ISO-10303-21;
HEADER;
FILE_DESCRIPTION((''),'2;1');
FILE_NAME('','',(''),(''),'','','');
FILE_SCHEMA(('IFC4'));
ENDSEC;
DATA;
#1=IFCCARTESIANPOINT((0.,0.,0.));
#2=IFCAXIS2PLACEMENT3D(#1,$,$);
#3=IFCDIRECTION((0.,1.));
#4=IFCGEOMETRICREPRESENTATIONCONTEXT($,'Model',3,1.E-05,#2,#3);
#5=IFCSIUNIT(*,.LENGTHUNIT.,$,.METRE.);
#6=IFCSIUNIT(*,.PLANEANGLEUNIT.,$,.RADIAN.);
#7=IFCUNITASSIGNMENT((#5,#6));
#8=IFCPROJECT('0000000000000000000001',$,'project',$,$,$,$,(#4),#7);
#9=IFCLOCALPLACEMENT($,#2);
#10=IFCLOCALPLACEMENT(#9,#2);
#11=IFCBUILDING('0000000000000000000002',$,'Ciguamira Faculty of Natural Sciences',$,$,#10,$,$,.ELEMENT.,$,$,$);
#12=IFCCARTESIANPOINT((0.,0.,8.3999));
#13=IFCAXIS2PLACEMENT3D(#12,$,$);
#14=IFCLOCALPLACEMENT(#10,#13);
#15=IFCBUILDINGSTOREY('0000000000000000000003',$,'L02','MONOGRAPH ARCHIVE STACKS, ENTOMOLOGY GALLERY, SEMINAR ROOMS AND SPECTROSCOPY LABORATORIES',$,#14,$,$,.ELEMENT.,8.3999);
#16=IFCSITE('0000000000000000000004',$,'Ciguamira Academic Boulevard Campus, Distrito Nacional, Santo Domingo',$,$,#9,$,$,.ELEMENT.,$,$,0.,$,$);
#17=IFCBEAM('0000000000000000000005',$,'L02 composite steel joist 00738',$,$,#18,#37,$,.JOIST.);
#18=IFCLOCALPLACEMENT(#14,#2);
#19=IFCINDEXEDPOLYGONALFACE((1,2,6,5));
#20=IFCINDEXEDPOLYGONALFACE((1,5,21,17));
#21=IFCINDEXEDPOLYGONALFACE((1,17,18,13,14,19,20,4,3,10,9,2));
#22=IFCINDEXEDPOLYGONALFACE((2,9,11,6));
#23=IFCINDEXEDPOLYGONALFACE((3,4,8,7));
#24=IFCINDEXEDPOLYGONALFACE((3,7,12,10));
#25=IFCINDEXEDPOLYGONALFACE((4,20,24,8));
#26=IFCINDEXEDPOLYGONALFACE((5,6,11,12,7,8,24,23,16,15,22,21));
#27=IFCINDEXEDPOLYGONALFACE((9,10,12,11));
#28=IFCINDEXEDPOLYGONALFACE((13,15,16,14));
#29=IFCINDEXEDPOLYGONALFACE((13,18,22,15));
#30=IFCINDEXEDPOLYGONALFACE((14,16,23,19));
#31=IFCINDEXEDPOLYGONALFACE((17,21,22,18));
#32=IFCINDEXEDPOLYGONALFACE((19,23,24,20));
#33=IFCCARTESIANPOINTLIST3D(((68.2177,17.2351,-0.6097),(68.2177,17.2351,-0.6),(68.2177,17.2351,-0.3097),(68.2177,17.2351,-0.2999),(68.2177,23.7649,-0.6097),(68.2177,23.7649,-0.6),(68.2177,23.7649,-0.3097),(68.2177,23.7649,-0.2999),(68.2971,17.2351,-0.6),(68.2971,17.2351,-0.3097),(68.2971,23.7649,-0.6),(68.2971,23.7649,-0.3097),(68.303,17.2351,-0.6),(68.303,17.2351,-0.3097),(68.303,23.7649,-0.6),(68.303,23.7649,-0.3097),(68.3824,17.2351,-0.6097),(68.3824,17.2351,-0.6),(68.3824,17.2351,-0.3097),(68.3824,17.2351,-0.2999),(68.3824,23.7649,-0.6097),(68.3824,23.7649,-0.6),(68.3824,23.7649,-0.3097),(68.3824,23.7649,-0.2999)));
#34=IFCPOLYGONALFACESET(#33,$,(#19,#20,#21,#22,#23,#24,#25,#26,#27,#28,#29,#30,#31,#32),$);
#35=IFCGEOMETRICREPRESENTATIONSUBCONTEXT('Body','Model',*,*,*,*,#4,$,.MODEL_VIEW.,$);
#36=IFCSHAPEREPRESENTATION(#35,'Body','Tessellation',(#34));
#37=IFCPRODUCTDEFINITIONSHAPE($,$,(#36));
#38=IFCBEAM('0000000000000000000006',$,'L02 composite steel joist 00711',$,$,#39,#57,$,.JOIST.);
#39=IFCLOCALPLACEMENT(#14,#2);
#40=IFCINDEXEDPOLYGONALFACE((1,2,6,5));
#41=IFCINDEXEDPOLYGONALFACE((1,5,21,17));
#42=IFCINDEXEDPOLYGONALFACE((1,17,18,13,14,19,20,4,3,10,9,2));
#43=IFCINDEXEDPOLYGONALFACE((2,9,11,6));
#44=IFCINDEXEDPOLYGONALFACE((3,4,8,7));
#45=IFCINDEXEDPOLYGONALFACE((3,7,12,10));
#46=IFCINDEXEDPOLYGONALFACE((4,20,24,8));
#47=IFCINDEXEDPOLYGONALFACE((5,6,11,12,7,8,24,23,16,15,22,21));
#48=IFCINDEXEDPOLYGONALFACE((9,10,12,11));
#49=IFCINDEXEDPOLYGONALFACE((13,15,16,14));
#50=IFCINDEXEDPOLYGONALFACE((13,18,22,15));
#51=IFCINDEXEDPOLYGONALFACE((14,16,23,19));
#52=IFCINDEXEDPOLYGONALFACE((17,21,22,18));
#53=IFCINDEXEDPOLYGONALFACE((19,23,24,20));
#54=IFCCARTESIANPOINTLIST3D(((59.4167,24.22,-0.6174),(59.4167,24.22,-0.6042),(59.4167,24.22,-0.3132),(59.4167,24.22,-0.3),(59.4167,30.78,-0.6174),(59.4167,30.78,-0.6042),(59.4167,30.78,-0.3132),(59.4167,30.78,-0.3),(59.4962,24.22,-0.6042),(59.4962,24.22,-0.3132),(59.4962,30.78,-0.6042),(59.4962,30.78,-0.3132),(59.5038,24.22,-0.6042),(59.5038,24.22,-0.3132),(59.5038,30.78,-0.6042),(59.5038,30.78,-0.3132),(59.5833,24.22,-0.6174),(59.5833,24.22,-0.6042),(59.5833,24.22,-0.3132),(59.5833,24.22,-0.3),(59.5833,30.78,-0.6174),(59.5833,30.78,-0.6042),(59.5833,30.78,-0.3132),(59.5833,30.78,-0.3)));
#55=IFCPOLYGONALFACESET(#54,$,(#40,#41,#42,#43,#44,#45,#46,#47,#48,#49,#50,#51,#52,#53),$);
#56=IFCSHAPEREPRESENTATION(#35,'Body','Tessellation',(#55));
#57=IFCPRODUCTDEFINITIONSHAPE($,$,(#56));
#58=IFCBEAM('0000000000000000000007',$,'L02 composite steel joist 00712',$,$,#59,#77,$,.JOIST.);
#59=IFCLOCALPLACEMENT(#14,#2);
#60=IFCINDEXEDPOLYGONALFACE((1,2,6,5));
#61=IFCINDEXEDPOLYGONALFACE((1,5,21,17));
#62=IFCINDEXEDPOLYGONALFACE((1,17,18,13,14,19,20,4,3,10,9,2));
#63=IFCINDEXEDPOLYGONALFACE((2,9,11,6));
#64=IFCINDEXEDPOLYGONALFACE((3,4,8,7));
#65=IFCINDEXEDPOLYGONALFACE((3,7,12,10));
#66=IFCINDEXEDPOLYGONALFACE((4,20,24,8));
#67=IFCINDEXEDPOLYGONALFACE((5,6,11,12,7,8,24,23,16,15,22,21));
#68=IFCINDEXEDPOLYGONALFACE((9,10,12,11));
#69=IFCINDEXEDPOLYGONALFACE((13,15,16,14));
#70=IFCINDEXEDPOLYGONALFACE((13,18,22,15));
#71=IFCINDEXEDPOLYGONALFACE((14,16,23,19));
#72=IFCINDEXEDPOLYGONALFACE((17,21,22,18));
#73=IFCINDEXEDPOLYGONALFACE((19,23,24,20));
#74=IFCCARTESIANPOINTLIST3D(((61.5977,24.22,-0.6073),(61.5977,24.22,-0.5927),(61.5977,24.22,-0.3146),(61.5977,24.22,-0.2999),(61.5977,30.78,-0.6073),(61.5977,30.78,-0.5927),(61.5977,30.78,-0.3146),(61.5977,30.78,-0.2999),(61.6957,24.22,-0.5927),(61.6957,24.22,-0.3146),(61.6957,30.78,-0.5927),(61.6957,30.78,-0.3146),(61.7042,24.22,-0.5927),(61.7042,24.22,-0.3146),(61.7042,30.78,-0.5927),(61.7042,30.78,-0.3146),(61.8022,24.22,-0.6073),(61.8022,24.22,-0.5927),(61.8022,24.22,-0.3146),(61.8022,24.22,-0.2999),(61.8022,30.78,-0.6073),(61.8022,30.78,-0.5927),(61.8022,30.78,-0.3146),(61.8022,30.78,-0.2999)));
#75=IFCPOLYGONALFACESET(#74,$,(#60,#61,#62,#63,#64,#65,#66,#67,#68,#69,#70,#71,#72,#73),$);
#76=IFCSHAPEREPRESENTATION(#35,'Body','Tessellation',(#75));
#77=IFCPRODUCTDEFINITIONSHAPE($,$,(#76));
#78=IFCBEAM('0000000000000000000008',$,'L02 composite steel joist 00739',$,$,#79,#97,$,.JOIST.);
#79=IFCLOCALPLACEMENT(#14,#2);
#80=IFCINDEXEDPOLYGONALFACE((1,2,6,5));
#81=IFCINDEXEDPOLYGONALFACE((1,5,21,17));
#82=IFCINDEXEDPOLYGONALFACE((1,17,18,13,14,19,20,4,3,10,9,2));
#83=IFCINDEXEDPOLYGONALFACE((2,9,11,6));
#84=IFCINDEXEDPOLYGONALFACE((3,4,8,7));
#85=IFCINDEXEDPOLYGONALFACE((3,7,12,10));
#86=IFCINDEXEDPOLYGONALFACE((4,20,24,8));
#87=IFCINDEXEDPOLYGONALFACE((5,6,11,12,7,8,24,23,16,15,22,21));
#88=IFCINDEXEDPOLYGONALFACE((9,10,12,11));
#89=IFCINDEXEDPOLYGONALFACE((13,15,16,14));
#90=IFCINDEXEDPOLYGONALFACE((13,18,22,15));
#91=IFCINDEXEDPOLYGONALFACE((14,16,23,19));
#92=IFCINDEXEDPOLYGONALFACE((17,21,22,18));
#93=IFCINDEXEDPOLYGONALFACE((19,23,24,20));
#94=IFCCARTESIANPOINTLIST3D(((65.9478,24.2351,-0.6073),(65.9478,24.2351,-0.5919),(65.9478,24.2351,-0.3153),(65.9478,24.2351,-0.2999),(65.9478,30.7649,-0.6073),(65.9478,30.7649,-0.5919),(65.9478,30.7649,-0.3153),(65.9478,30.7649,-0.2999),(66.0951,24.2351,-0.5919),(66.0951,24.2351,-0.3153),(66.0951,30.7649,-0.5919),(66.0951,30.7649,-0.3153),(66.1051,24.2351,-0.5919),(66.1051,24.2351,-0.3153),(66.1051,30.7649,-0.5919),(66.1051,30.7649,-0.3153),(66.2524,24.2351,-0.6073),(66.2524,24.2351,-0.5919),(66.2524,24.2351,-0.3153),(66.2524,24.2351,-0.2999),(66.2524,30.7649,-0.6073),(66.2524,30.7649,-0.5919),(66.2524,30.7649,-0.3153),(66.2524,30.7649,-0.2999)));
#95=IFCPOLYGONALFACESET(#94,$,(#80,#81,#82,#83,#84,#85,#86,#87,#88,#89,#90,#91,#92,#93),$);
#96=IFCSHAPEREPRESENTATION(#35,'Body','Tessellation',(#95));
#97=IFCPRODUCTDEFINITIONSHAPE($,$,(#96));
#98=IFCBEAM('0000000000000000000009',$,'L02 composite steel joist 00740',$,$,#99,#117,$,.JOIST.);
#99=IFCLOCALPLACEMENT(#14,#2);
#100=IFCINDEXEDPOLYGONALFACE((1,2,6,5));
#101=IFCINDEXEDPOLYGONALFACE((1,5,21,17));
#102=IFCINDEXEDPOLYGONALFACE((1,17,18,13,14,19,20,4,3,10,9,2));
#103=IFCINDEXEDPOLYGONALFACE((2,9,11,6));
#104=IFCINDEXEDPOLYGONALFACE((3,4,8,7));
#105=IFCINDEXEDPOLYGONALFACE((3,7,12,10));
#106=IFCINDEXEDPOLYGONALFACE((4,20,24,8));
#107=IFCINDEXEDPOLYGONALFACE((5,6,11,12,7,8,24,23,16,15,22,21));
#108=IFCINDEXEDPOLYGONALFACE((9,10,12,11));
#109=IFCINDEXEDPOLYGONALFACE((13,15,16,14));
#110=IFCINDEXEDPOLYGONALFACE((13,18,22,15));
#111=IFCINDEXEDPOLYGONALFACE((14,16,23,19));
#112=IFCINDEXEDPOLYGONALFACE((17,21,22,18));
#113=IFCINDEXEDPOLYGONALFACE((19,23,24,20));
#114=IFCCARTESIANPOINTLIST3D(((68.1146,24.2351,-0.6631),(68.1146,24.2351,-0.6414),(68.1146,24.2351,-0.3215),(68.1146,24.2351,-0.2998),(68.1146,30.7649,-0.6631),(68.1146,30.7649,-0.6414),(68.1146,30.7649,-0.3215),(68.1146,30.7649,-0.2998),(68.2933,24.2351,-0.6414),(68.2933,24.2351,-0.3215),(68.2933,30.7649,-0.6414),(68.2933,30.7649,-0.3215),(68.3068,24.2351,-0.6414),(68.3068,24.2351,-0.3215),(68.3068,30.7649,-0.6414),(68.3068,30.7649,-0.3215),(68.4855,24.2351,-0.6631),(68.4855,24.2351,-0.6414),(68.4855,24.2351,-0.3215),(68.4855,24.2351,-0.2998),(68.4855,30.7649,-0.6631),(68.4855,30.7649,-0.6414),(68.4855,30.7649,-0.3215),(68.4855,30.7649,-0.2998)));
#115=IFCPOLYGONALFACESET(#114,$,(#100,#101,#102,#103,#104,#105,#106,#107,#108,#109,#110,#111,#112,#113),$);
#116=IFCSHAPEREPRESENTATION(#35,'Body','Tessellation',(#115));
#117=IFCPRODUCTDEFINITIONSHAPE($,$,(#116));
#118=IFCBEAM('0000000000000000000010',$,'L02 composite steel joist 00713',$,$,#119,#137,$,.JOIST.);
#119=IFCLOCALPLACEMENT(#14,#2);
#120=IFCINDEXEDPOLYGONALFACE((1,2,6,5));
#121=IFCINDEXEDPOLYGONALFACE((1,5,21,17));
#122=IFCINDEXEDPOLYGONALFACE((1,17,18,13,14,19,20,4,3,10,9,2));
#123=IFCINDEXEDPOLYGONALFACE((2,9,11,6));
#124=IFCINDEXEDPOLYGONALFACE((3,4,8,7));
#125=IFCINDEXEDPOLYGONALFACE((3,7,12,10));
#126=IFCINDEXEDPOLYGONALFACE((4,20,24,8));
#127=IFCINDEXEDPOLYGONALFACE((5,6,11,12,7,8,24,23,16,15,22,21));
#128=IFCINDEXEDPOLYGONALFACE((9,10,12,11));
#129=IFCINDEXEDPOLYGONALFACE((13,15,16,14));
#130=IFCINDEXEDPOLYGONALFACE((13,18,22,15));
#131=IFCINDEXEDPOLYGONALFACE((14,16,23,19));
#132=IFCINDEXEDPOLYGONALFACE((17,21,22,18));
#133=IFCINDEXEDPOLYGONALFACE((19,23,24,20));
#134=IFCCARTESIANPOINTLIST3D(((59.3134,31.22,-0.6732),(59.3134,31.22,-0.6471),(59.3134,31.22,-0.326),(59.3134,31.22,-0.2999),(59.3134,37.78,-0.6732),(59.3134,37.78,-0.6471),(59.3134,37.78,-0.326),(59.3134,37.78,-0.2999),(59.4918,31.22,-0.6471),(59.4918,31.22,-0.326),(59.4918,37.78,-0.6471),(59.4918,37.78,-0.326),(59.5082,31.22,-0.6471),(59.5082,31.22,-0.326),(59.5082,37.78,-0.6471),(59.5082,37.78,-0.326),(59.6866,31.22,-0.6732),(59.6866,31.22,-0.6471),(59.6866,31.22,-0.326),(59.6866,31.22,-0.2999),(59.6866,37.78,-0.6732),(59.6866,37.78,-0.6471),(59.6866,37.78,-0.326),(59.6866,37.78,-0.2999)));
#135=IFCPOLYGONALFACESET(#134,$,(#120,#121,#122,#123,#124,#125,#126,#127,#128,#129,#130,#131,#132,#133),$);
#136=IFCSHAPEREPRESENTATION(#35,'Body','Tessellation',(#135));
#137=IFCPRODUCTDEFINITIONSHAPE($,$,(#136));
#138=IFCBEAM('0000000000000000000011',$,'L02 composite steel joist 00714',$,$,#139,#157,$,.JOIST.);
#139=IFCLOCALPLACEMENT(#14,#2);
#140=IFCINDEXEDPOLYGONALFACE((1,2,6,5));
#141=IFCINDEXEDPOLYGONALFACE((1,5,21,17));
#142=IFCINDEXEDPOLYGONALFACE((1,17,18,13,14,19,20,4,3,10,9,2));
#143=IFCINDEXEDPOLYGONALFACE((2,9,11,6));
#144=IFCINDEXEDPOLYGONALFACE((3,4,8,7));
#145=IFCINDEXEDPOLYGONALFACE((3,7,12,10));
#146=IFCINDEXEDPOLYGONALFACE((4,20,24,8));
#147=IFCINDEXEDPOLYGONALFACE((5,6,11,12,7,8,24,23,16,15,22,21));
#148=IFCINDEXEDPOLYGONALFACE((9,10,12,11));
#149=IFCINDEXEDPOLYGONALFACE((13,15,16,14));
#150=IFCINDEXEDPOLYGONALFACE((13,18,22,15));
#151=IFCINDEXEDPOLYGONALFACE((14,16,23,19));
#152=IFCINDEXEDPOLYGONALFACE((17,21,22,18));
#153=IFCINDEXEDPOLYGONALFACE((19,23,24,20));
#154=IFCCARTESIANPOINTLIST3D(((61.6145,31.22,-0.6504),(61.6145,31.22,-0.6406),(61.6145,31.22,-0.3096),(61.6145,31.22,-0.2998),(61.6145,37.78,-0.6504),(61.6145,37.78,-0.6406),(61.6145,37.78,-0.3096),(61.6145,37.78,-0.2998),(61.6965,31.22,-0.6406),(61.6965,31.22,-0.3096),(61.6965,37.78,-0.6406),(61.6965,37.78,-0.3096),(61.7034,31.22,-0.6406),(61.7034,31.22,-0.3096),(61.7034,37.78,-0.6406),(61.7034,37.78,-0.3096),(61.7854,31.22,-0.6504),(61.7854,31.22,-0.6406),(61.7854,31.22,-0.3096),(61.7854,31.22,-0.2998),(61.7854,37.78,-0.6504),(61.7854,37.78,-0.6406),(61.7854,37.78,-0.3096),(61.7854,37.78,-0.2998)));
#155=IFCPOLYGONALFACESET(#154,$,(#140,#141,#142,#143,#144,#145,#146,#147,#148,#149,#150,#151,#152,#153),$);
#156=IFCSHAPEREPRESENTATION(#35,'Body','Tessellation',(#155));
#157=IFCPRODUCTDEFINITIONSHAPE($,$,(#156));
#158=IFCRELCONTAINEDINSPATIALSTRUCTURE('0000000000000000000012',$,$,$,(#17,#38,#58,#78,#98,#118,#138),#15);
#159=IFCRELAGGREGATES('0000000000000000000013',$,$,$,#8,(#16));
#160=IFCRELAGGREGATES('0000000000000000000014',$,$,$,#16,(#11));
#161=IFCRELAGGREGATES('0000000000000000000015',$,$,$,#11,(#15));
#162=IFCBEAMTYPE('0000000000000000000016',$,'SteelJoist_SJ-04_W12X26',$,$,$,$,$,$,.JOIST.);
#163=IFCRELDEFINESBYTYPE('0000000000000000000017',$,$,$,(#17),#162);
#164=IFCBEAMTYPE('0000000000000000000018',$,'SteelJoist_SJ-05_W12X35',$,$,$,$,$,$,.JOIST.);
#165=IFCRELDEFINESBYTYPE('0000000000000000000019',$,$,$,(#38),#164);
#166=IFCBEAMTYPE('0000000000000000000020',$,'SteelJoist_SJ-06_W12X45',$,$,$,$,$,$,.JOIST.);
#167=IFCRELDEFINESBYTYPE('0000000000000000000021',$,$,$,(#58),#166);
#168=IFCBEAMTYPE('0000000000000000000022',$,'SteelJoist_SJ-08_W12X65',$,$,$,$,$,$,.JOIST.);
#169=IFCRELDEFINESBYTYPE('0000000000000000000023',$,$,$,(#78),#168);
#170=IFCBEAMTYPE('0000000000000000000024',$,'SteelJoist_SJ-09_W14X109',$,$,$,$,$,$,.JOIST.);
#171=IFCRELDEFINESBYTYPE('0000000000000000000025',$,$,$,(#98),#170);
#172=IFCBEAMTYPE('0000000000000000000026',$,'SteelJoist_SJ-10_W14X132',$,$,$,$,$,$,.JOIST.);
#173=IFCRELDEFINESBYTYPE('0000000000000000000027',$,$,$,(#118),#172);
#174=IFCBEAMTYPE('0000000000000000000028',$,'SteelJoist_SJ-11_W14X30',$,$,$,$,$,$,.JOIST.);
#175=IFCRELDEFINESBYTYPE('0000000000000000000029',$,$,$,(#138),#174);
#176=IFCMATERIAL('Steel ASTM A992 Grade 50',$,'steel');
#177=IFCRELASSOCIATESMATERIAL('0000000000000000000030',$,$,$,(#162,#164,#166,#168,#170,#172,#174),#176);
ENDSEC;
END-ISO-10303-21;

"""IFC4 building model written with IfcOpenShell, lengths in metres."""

from ifc_helpers import new_model, si_unit, direction, frame, origin, origin_2d, place, context, subcontext, project, spatial, i_section, extrude, material, material_profile, profile_set, type_object, element, save


model = new_model("IFC4")

# Units and contexts
model_context = context("Model", 3, precision=1e-05, world=origin(), true_north=direction((0.0, 1.0)))
body_context = subcontext(model_context, "Body", "Model", "MODEL_VIEW")
ifc_project = project(units=[si_unit("LENGTHUNIT", "METRE"), si_unit("PLANEANGLEUNIT", "RADIAN")], contexts=[model_context])

# Site, building, storey
site_placement = place(None, origin())
site = spatial("IfcSite", under=ifc_project, at=site_placement, Name="Ciguamira Academic Boulevard Campus, Distrito Nacional, Santo Domingo", CompositionType="ELEMENT", RefElevation=0.0)
building_placement = place(site_placement, origin())
building = spatial("IfcBuilding", under=site, at=building_placement, Name="Ciguamira Faculty of Natural Sciences", CompositionType="ELEMENT")
storey_placement = place(building_placement, frame((0.0, 0.0, 8.3999)))
storey = spatial("IfcBuildingStorey", under=building, at=storey_placement, Name="L02", Description="MONOGRAPH ARCHIVE STACKS, ENTOMOLOGY GALLERY, SEMINAR ROOMS AND SPECTROSCOPY LABORATORIES", CompositionType="ELEMENT", Elevation=8.3999)

# Beams
ifc_material_1 = material(Name="Steel ASTM A992 Grade 50", Category="steel")
ifc_material_profile_1 = material_profile(ifc_material_1, i_section(OverallWidth=0.1648, OverallDepth=0.3098, WebThickness=0.0059, FlangeThickness=0.0098, at=origin_2d()), Name="W12X26")
ifc_profile_set_1 = profile_set([ifc_material_profile_1], Name="Steel ASTM A992 Grade 50")
beam_type_1 = type_object("IfcBeamType", Name="SteelJoist_SJ-04_W12X26", PredefinedType="JOIST", material=ifc_profile_set_1)
beam_1_placement = place(storey_placement, frame((68.3, 17.2351, -0.4548), z_axis=(0.0, 1.0, 0.0), x_axis=(-1.0, 0.0, 0.0)))
element("IfcBeam", 1, at=beam_1_placement, inside=storey, type_object=beam_type_1, Name="L02 composite steel joist 00738", PredefinedType="JOIST", context=body_context, shape_type="SweptSolid", body=[
    extrude(i_section(OverallWidth=0.1648, OverallDepth=0.3098, WebThickness=0.0059, FlangeThickness=0.0098, at=origin_2d()), origin(), (0.0, 0.0, 1.0), 6.5298),
])
ifc_material_profile_2 = material_profile(ifc_material_1, i_section(OverallWidth=0.1665, OverallDepth=0.3174, WebThickness=0.0076, FlangeThickness=0.0132, at=origin_2d()), Name="W12X35")
ifc_profile_set_2 = profile_set([ifc_material_profile_2], Name="Steel ASTM A992 Grade 50")
beam_type_2 = type_object("IfcBeamType", Name="SteelJoist_SJ-05_W12X35", PredefinedType="JOIST", material=ifc_profile_set_2)
beam_2_placement = place(storey_placement, frame((59.5, 24.22, -0.4587), z_axis=(0.0, 1.0, 0.0), x_axis=(-1.0, 0.0, 0.0)))
element("IfcBeam", 2, at=beam_2_placement, inside=storey, type_object=beam_type_2, Name="L02 composite steel joist 00711", PredefinedType="JOIST", context=body_context, shape_type="SweptSolid", body=[
    extrude(i_section(OverallWidth=0.1665, OverallDepth=0.3174, WebThickness=0.0076, FlangeThickness=0.0132, at=origin_2d()), origin(), (0.0, 0.0, 1.0), 6.5601),
])
ifc_material_profile_3 = material_profile(ifc_material_1, i_section(OverallWidth=0.2046, OverallDepth=0.3074, WebThickness=0.0085, FlangeThickness=0.0146, at=origin_2d()), Name="W12X45")
ifc_profile_set_3 = profile_set([ifc_material_profile_3], Name="Steel ASTM A992 Grade 50")
beam_type_3 = type_object("IfcBeamType", Name="SteelJoist_SJ-06_W12X45", PredefinedType="JOIST", material=ifc_profile_set_3)
beam_3_placement = place(storey_placement, frame((61.7, 24.22, -0.4536), z_axis=(0.0, 1.0, 0.0), x_axis=(-1.0, 0.0, 0.0)))
element("IfcBeam", 3, at=beam_3_placement, inside=storey, type_object=beam_type_3, Name="L02 composite steel joist 00712", PredefinedType="JOIST", context=body_context, shape_type="SweptSolid", body=[
    extrude(i_section(OverallWidth=0.2046, OverallDepth=0.3074, WebThickness=0.0085, FlangeThickness=0.0146, at=origin_2d()), origin(), (0.0, 0.0, 1.0), 6.5601),
])
ifc_material_profile_4 = material_profile(ifc_material_1, i_section(OverallWidth=0.3047, OverallDepth=0.3074, WebThickness=0.01, FlangeThickness=0.0154, at=origin_2d()), Name="W12X65")
ifc_profile_set_4 = profile_set([ifc_material_profile_4], Name="Steel ASTM A992 Grade 50")
beam_type_4 = type_object("IfcBeamType", Name="SteelJoist_SJ-08_W12X65", PredefinedType="JOIST", material=ifc_profile_set_4)
beam_4_placement = place(storey_placement, frame((66.1001, 24.2351, -0.4536), z_axis=(0.0, 1.0, 0.0), x_axis=(-1.0, 0.0, 0.0)))
element("IfcBeam", 4, at=beam_4_placement, inside=storey, type_object=beam_type_4, Name="L02 composite steel joist 00739", PredefinedType="JOIST", context=body_context, shape_type="SweptSolid", body=[
    extrude(i_section(OverallWidth=0.3047, OverallDepth=0.3074, WebThickness=0.01, FlangeThickness=0.0154, at=origin_2d()), origin(), (0.0, 0.0, 1.0), 6.5298),
])
ifc_material_profile_5 = material_profile(ifc_material_1, i_section(OverallWidth=0.3708, OverallDepth=0.3633, WebThickness=0.0134, FlangeThickness=0.0217, at=origin_2d()), Name="W14X109")
ifc_profile_set_5 = profile_set([ifc_material_profile_5], Name="Steel ASTM A992 Grade 50")
beam_type_5 = type_object("IfcBeamType", Name="SteelJoist_SJ-09_W14X109", PredefinedType="JOIST", material=ifc_profile_set_5)
beam_5_placement = place(storey_placement, frame((68.3, 24.2351, -0.4814), z_axis=(0.0, 1.0, 0.0), x_axis=(-1.0, 0.0, 0.0)))
element("IfcBeam", 5, at=beam_5_placement, inside=storey, type_object=beam_type_5, Name="L02 composite steel joist 00740", PredefinedType="JOIST", context=body_context, shape_type="SweptSolid", body=[
    extrude(i_section(OverallWidth=0.3708, OverallDepth=0.3633, WebThickness=0.0134, FlangeThickness=0.0217, at=origin_2d()), origin(), (0.0, 0.0, 1.0), 6.5298),
])
ifc_material_profile_6 = material_profile(ifc_material_1, i_section(OverallWidth=0.3733, OverallDepth=0.3733, WebThickness=0.0164, FlangeThickness=0.0261, at=origin_2d()), Name="W14X132")
ifc_profile_set_6 = profile_set([ifc_material_profile_6], Name="Steel ASTM A992 Grade 50")
beam_type_6 = type_object("IfcBeamType", Name="SteelJoist_SJ-10_W14X132", PredefinedType="JOIST", material=ifc_profile_set_6)
beam_6_placement = place(storey_placement, frame((59.5, 31.22, -0.4866), z_axis=(0.0, 1.0, 0.0), x_axis=(-1.0, 0.0, 0.0)))
element("IfcBeam", 6, at=beam_6_placement, inside=storey, type_object=beam_type_6, Name="L02 composite steel joist 00713", PredefinedType="JOIST", context=body_context, shape_type="SweptSolid", body=[
    extrude(i_section(OverallWidth=0.3733, OverallDepth=0.3733, WebThickness=0.0164, FlangeThickness=0.0261, at=origin_2d()), origin(), (0.0, 0.0, 1.0), 6.5601),
])
ifc_material_profile_7 = material_profile(ifc_material_1, i_section(OverallWidth=0.1709, OverallDepth=0.3506, WebThickness=0.0068, FlangeThickness=0.0098, at=origin_2d()), Name="W14X30")
ifc_profile_set_7 = profile_set([ifc_material_profile_7], Name="Steel ASTM A992 Grade 50")
beam_type_7 = type_object("IfcBeamType", Name="SteelJoist_SJ-11_W14X30", PredefinedType="JOIST", material=ifc_profile_set_7)
beam_7_placement = place(storey_placement, frame((61.7, 31.22, -0.4751), z_axis=(0.0, 1.0, 0.0), x_axis=(-1.0, 0.0, 0.0)))
element("IfcBeam", 7, at=beam_7_placement, inside=storey, type_object=beam_type_7, Name="L02 composite steel joist 00714", PredefinedType="JOIST", context=body_context, shape_type="SweptSolid", body=[
    extrude(i_section(OverallWidth=0.1709, OverallDepth=0.3506, WebThickness=0.0068, FlangeThickness=0.0098, at=origin_2d()), origin(), (0.0, 0.0, 1.0), 6.5601),
])

save(model, "model.ifc")
